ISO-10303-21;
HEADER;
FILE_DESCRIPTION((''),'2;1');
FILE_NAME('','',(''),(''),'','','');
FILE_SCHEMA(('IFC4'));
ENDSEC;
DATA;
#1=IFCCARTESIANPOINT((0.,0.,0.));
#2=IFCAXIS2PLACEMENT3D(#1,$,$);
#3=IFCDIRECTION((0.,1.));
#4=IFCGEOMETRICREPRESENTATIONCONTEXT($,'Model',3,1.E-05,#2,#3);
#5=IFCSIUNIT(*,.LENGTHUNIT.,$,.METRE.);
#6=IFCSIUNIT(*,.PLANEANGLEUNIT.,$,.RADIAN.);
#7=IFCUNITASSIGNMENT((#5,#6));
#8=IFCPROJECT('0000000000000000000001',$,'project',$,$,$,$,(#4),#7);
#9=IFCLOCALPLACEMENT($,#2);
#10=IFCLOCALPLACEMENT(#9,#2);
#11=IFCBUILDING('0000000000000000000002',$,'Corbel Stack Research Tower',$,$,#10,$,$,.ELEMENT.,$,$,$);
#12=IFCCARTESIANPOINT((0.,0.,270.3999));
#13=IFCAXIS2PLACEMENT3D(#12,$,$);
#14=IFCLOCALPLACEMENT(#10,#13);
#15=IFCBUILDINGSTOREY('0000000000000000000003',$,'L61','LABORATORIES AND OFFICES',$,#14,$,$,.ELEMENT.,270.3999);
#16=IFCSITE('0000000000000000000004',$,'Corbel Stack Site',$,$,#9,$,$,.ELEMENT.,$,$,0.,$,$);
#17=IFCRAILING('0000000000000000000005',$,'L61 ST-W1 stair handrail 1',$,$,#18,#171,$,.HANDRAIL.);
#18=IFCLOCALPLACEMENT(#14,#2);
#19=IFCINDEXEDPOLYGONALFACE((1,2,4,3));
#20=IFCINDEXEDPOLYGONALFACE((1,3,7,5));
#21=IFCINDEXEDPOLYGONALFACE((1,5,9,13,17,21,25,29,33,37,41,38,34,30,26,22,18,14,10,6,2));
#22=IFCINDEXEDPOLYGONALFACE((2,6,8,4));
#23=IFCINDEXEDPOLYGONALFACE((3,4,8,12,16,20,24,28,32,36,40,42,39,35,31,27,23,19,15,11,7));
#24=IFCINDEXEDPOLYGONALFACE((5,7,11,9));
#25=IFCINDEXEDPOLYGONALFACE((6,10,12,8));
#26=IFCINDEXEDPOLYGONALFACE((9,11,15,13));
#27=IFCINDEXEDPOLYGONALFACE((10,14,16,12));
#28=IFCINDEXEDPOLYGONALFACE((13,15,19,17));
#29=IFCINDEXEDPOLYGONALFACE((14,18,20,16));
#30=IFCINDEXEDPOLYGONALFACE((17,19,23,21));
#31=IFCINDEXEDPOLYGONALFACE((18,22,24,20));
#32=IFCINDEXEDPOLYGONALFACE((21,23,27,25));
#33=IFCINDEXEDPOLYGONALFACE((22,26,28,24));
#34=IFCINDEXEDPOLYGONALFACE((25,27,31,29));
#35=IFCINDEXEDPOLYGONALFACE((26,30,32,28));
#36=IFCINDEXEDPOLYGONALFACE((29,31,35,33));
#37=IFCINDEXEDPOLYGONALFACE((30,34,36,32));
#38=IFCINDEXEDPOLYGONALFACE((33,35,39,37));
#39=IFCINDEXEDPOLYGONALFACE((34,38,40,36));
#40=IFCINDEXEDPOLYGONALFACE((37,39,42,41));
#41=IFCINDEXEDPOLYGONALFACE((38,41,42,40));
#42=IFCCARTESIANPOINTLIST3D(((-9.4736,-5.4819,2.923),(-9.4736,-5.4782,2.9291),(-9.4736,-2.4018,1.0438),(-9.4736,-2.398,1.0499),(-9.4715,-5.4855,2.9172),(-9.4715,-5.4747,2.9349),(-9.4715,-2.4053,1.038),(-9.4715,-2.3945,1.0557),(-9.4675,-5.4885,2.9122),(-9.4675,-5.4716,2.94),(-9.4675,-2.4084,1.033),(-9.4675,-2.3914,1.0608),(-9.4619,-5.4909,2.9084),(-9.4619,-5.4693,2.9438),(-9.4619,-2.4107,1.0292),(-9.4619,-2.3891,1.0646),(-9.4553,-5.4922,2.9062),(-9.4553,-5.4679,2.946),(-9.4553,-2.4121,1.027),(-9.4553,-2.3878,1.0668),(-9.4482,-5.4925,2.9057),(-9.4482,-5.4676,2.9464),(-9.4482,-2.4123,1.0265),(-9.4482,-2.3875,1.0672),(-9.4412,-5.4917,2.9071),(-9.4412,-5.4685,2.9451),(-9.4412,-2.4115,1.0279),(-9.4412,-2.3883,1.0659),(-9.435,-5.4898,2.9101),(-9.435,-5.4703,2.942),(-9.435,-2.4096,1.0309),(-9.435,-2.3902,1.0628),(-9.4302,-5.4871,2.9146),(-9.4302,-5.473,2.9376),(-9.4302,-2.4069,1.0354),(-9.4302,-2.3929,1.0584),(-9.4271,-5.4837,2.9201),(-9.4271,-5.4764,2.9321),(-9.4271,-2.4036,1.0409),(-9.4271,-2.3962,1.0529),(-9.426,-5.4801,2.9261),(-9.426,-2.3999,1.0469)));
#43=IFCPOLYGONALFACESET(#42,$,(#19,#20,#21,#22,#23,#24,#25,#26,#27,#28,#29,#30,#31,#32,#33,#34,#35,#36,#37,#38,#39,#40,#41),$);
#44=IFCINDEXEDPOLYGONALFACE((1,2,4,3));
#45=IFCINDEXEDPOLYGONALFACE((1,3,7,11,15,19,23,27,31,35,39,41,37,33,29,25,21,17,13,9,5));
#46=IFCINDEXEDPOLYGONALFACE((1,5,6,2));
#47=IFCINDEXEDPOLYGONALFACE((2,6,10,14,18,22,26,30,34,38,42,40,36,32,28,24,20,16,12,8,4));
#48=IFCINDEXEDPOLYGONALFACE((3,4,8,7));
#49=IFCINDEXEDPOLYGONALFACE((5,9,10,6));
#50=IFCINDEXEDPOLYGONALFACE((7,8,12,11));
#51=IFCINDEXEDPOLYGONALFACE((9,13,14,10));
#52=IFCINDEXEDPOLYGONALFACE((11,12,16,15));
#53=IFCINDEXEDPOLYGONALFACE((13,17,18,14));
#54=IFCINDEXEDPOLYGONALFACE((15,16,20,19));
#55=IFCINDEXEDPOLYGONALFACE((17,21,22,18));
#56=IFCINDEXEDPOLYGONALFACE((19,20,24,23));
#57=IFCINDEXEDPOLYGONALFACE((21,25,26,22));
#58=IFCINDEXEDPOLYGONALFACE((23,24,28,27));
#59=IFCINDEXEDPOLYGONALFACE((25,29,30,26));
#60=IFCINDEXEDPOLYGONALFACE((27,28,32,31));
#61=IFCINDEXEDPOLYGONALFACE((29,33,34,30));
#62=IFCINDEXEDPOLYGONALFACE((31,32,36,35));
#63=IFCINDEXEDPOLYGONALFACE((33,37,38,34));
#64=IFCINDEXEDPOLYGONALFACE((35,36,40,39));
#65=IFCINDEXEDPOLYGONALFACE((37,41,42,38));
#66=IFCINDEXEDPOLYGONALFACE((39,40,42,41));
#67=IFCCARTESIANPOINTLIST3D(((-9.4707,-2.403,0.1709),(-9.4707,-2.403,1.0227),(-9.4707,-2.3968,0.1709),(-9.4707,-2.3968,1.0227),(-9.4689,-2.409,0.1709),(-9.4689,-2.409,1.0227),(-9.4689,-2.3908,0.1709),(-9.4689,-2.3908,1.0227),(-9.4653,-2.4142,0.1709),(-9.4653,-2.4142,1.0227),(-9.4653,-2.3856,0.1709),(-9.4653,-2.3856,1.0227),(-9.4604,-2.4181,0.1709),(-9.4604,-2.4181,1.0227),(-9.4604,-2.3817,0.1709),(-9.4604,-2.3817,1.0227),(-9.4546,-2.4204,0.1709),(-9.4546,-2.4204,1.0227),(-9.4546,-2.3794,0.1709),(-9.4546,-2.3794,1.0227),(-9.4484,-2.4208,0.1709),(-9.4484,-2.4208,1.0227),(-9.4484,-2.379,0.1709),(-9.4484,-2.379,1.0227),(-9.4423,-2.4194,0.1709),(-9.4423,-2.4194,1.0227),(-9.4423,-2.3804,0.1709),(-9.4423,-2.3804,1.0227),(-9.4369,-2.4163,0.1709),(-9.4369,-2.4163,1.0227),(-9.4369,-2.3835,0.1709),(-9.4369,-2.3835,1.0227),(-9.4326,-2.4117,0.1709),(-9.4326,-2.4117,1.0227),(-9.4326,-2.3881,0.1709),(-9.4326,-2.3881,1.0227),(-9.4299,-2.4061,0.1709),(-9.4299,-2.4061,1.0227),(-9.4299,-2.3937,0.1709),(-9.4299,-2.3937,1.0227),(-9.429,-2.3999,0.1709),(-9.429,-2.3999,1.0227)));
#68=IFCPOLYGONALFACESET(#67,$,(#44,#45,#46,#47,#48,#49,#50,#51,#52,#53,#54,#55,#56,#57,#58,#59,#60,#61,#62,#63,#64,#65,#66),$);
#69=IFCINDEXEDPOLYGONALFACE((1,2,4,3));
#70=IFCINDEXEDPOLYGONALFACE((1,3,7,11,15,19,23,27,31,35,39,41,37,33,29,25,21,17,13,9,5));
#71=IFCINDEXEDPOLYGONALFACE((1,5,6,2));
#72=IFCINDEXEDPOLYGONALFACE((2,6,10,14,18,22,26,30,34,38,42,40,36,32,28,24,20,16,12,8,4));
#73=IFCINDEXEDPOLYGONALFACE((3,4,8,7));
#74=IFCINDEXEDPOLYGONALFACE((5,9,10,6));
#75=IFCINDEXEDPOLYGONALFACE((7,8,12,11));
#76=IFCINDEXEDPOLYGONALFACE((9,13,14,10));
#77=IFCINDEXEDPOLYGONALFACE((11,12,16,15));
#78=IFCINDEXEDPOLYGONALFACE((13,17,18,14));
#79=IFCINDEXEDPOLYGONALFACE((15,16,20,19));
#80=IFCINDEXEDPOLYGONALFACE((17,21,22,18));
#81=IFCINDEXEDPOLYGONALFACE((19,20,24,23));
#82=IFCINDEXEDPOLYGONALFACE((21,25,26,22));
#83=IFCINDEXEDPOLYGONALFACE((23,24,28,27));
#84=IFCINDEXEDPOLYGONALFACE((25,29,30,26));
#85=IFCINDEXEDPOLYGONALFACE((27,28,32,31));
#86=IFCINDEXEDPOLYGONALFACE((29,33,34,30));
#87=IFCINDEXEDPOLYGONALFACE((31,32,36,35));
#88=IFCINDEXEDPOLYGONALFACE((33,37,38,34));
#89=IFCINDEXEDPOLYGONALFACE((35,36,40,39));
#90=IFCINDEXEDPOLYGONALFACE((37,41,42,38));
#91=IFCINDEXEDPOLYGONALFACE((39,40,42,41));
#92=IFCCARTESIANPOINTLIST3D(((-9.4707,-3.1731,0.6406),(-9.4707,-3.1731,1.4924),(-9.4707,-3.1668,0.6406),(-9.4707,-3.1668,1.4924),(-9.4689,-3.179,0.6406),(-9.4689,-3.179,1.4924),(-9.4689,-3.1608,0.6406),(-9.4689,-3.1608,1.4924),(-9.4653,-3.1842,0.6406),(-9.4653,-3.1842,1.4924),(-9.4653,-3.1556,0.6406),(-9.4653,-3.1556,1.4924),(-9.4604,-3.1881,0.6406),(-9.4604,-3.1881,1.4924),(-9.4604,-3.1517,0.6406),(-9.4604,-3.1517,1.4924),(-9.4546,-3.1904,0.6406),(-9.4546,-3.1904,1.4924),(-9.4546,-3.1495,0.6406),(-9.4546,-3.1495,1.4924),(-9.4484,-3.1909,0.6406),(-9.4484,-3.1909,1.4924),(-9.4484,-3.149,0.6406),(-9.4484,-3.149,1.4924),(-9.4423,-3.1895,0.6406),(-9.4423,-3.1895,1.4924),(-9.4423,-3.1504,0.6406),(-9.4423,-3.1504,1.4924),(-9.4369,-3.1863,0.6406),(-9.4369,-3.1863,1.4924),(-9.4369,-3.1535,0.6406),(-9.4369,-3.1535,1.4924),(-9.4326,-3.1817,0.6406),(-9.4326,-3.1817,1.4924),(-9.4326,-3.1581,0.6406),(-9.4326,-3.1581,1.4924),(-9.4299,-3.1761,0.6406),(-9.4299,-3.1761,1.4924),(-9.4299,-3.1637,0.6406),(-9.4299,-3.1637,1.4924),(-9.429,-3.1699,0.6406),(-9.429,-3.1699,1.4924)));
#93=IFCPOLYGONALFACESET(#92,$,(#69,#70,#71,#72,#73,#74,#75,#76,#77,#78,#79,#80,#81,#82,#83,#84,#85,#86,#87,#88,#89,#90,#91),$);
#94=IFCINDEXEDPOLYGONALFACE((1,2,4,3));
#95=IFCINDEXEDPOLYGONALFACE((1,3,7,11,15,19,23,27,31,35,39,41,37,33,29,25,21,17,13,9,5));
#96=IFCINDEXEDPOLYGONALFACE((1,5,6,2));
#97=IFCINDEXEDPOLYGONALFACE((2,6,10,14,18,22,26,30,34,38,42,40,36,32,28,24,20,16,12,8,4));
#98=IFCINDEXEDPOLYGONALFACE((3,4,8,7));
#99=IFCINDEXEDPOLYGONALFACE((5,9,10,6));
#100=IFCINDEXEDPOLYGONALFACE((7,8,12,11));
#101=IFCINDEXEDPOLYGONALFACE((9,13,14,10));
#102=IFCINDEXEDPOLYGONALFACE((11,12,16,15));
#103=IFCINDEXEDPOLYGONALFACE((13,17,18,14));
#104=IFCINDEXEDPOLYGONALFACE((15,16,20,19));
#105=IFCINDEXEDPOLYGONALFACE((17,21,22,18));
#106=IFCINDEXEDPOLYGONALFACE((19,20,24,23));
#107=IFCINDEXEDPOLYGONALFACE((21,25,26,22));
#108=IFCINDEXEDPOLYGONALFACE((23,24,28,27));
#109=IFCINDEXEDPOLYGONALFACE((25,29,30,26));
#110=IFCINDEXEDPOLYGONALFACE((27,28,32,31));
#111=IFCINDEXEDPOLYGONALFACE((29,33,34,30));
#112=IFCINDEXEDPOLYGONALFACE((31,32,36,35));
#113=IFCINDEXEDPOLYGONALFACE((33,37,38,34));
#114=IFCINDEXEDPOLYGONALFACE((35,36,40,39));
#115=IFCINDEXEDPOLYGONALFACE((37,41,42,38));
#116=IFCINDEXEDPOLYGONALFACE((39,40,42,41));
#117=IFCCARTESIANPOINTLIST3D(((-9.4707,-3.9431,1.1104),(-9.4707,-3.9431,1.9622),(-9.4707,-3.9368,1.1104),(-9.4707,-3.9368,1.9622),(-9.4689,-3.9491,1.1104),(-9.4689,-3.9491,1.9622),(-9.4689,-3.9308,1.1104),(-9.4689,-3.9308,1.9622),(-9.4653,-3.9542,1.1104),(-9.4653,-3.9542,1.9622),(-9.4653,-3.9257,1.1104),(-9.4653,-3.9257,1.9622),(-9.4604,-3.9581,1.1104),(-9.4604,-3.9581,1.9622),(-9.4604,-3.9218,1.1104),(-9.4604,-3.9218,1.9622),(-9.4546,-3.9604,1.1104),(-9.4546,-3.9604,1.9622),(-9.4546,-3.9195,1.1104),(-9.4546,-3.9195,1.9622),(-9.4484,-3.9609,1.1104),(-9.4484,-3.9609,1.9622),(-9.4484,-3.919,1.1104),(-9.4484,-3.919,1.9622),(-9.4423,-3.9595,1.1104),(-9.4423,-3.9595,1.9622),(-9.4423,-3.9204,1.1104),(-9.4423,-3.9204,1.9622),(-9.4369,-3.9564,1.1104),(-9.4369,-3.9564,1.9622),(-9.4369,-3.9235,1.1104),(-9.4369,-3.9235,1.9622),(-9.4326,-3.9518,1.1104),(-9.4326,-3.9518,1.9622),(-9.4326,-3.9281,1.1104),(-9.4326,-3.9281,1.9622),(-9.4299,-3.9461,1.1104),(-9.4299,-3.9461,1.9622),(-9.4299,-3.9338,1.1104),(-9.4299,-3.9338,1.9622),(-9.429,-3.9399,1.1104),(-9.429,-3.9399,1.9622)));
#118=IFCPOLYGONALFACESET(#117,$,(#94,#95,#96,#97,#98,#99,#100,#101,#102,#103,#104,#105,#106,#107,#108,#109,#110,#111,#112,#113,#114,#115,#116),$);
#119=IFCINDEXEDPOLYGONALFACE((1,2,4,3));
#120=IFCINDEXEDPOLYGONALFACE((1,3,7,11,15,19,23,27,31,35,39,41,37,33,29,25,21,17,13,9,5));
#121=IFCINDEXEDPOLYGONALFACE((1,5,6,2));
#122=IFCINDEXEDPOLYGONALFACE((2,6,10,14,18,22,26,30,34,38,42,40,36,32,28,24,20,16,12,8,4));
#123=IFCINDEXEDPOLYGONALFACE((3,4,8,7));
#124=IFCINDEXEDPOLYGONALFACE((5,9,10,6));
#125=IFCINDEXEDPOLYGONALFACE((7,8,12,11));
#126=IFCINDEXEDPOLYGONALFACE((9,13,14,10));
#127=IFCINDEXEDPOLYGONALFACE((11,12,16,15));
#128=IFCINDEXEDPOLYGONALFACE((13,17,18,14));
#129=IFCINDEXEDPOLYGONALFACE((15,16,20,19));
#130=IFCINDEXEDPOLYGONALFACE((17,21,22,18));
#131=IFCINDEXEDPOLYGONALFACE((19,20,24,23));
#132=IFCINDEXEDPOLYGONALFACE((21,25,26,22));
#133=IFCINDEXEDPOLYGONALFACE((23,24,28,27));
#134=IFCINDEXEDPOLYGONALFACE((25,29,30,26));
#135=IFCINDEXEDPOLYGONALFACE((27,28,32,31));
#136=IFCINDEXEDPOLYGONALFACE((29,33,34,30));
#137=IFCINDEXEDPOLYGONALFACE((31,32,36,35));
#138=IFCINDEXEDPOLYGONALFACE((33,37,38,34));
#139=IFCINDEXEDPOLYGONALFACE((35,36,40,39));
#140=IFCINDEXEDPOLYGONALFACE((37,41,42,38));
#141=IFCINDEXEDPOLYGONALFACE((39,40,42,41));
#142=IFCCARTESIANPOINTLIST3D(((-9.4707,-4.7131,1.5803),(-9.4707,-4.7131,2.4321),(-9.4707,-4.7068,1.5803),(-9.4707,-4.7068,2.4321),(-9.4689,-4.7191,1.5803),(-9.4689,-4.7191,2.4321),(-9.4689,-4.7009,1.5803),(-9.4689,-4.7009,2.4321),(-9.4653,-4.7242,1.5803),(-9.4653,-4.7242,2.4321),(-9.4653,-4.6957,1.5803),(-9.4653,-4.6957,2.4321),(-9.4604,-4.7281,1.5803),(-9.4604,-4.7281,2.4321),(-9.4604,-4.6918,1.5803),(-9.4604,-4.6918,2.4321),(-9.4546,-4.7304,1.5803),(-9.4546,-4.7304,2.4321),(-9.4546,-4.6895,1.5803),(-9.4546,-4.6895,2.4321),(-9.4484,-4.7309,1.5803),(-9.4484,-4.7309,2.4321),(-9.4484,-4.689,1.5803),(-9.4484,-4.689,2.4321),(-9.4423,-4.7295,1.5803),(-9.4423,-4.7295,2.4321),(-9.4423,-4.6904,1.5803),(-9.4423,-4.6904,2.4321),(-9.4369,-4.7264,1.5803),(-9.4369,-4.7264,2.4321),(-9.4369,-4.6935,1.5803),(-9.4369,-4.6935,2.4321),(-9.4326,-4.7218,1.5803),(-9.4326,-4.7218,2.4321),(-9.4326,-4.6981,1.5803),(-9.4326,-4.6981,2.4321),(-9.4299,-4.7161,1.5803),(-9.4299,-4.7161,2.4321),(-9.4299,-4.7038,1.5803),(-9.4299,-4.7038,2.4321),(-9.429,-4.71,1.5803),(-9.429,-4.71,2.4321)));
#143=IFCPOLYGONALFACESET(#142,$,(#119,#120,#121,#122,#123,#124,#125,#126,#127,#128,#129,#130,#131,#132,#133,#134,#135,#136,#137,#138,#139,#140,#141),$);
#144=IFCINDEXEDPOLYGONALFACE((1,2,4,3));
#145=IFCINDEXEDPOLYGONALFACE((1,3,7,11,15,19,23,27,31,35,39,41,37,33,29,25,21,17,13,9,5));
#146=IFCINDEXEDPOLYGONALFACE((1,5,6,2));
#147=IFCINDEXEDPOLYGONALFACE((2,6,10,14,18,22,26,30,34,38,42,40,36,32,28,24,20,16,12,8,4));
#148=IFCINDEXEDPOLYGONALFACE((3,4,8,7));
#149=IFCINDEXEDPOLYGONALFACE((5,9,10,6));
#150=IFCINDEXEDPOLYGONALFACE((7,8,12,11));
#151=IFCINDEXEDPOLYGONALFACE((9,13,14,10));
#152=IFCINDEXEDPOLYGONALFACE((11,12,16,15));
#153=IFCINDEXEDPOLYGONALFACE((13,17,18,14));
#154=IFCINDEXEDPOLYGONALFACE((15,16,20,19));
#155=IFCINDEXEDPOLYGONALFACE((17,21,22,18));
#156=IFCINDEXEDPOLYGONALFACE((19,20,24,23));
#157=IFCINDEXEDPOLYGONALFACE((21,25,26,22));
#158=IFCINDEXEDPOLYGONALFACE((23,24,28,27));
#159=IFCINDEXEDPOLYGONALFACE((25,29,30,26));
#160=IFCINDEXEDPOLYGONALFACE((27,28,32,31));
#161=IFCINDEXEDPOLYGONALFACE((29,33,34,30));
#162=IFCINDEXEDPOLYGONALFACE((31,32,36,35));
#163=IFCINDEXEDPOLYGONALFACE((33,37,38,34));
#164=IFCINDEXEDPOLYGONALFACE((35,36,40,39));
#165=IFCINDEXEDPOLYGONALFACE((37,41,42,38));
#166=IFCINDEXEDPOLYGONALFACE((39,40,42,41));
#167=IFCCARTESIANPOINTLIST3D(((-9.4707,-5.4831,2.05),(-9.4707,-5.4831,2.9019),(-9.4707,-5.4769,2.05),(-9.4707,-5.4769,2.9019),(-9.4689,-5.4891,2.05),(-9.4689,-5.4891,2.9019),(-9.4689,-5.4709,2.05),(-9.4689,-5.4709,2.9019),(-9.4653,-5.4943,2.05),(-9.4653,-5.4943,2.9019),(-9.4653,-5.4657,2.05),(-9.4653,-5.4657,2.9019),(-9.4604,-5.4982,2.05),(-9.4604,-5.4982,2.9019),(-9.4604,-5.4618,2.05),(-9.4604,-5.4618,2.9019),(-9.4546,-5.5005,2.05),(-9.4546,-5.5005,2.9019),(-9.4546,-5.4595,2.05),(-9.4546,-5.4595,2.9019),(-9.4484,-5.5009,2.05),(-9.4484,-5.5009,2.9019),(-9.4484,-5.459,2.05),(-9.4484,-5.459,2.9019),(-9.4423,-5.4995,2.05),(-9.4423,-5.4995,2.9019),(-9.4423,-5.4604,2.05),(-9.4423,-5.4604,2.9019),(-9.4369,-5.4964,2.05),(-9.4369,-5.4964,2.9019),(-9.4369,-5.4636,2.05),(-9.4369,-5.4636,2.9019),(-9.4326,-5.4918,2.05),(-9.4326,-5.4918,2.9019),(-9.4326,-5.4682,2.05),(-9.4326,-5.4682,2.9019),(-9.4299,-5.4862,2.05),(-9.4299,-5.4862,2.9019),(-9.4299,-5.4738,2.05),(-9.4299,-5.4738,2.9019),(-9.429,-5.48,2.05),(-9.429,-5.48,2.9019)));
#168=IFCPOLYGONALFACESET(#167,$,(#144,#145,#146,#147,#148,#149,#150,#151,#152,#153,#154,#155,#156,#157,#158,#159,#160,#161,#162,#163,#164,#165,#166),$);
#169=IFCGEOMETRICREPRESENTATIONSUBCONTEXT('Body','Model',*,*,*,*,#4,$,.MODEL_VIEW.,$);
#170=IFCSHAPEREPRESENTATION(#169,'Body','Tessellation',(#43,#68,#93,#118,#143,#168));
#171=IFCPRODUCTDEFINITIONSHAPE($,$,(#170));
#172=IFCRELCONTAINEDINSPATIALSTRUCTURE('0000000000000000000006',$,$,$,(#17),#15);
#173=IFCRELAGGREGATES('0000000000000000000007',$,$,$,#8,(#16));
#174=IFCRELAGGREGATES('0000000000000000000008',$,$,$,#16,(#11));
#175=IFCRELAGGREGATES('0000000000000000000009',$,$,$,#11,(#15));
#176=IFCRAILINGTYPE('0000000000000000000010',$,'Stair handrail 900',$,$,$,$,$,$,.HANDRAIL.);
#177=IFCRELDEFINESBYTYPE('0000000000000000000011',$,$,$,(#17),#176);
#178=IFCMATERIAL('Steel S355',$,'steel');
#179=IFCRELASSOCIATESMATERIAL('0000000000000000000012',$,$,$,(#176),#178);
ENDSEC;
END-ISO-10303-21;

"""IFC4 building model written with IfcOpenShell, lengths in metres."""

from ifc_helpers import new_model, si_unit, direction, frame, origin, origin_2d, place, context, subcontext, project, spatial, circle, extrude, material, type_object, element, save


model = new_model("IFC4")

# Units and contexts
model_context = context("Model", 3, precision=1e-05, world=origin(), true_north=direction((0.0, 1.0)))
body_context = subcontext(model_context, "Body", "Model", "MODEL_VIEW")
ifc_project = project(units=[si_unit("LENGTHUNIT", "METRE"), si_unit("PLANEANGLEUNIT", "RADIAN")], contexts=[model_context])

# Site, building, storey
site_placement = place(None, origin())
site = spatial("IfcSite", under=ifc_project, at=site_placement, Name="Corbel Stack Site", CompositionType="ELEMENT", RefElevation=0.0)
building_placement = place(site_placement, origin())
building = spatial("IfcBuilding", under=site, at=building_placement, Name="Corbel Stack Research Tower", CompositionType="ELEMENT")
storey_placement = place(building_placement, frame((0.0, 0.0, 270.3999)))
storey = spatial("IfcBuildingStorey", under=building, at=storey_placement, Name="L61", Description="LABORATORIES AND OFFICES", CompositionType="ELEMENT", Elevation=270.3999)

# Railing
ifc_material_1 = material(Name="Steel S355", Category="steel")
railing_type_1 = type_object("IfcRailingType", Name="Stair handrail 900", PredefinedType="HANDRAIL", material=ifc_material_1)
railing_placement = place(storey_placement, frame((-9.45, -2.3999, 0.1709)))
element("IfcRailing", 1, at=railing_placement, inside=storey, type_object=railing_type_1, Name="L61 ST-W1 stair handrail 1", PredefinedType="HANDRAIL", context=body_context, shape_type="SweptSolid", body=[
    extrude(circle(Radius=0.0239, at=origin_2d()), frame((0.0, 0.0, 0.876), z_axis=(0.0, -0.853666, 0.52082), x_axis=(1.0, 0.0, 0.0)), (0.0, 0.0, 1.0), 3.6082),
    extrude(circle(Radius=0.021, at=origin_2d()), origin(), (0.0, 0.0, 1.0), 0.8518),
    extrude(circle(Radius=0.021, at=origin_2d()), frame((0.0, -0.77, 0.4697)), (0.0, 0.0, 1.0), 0.8518),
    extrude(circle(Radius=0.021, at=origin_2d()), frame((0.0, -1.54, 0.9395)), (0.0, 0.0, 1.0), 0.8518),
    extrude(circle(Radius=0.021, at=origin_2d()), frame((0.0, -2.3101, 1.4094)), (0.0, 0.0, 1.0), 0.8518),
    extrude(circle(Radius=0.021, at=origin_2d()), frame((0.0, -3.0801, 1.8792)), (0.0, 0.0, 1.0), 0.8518),
])

save(model, "model.ifc")
